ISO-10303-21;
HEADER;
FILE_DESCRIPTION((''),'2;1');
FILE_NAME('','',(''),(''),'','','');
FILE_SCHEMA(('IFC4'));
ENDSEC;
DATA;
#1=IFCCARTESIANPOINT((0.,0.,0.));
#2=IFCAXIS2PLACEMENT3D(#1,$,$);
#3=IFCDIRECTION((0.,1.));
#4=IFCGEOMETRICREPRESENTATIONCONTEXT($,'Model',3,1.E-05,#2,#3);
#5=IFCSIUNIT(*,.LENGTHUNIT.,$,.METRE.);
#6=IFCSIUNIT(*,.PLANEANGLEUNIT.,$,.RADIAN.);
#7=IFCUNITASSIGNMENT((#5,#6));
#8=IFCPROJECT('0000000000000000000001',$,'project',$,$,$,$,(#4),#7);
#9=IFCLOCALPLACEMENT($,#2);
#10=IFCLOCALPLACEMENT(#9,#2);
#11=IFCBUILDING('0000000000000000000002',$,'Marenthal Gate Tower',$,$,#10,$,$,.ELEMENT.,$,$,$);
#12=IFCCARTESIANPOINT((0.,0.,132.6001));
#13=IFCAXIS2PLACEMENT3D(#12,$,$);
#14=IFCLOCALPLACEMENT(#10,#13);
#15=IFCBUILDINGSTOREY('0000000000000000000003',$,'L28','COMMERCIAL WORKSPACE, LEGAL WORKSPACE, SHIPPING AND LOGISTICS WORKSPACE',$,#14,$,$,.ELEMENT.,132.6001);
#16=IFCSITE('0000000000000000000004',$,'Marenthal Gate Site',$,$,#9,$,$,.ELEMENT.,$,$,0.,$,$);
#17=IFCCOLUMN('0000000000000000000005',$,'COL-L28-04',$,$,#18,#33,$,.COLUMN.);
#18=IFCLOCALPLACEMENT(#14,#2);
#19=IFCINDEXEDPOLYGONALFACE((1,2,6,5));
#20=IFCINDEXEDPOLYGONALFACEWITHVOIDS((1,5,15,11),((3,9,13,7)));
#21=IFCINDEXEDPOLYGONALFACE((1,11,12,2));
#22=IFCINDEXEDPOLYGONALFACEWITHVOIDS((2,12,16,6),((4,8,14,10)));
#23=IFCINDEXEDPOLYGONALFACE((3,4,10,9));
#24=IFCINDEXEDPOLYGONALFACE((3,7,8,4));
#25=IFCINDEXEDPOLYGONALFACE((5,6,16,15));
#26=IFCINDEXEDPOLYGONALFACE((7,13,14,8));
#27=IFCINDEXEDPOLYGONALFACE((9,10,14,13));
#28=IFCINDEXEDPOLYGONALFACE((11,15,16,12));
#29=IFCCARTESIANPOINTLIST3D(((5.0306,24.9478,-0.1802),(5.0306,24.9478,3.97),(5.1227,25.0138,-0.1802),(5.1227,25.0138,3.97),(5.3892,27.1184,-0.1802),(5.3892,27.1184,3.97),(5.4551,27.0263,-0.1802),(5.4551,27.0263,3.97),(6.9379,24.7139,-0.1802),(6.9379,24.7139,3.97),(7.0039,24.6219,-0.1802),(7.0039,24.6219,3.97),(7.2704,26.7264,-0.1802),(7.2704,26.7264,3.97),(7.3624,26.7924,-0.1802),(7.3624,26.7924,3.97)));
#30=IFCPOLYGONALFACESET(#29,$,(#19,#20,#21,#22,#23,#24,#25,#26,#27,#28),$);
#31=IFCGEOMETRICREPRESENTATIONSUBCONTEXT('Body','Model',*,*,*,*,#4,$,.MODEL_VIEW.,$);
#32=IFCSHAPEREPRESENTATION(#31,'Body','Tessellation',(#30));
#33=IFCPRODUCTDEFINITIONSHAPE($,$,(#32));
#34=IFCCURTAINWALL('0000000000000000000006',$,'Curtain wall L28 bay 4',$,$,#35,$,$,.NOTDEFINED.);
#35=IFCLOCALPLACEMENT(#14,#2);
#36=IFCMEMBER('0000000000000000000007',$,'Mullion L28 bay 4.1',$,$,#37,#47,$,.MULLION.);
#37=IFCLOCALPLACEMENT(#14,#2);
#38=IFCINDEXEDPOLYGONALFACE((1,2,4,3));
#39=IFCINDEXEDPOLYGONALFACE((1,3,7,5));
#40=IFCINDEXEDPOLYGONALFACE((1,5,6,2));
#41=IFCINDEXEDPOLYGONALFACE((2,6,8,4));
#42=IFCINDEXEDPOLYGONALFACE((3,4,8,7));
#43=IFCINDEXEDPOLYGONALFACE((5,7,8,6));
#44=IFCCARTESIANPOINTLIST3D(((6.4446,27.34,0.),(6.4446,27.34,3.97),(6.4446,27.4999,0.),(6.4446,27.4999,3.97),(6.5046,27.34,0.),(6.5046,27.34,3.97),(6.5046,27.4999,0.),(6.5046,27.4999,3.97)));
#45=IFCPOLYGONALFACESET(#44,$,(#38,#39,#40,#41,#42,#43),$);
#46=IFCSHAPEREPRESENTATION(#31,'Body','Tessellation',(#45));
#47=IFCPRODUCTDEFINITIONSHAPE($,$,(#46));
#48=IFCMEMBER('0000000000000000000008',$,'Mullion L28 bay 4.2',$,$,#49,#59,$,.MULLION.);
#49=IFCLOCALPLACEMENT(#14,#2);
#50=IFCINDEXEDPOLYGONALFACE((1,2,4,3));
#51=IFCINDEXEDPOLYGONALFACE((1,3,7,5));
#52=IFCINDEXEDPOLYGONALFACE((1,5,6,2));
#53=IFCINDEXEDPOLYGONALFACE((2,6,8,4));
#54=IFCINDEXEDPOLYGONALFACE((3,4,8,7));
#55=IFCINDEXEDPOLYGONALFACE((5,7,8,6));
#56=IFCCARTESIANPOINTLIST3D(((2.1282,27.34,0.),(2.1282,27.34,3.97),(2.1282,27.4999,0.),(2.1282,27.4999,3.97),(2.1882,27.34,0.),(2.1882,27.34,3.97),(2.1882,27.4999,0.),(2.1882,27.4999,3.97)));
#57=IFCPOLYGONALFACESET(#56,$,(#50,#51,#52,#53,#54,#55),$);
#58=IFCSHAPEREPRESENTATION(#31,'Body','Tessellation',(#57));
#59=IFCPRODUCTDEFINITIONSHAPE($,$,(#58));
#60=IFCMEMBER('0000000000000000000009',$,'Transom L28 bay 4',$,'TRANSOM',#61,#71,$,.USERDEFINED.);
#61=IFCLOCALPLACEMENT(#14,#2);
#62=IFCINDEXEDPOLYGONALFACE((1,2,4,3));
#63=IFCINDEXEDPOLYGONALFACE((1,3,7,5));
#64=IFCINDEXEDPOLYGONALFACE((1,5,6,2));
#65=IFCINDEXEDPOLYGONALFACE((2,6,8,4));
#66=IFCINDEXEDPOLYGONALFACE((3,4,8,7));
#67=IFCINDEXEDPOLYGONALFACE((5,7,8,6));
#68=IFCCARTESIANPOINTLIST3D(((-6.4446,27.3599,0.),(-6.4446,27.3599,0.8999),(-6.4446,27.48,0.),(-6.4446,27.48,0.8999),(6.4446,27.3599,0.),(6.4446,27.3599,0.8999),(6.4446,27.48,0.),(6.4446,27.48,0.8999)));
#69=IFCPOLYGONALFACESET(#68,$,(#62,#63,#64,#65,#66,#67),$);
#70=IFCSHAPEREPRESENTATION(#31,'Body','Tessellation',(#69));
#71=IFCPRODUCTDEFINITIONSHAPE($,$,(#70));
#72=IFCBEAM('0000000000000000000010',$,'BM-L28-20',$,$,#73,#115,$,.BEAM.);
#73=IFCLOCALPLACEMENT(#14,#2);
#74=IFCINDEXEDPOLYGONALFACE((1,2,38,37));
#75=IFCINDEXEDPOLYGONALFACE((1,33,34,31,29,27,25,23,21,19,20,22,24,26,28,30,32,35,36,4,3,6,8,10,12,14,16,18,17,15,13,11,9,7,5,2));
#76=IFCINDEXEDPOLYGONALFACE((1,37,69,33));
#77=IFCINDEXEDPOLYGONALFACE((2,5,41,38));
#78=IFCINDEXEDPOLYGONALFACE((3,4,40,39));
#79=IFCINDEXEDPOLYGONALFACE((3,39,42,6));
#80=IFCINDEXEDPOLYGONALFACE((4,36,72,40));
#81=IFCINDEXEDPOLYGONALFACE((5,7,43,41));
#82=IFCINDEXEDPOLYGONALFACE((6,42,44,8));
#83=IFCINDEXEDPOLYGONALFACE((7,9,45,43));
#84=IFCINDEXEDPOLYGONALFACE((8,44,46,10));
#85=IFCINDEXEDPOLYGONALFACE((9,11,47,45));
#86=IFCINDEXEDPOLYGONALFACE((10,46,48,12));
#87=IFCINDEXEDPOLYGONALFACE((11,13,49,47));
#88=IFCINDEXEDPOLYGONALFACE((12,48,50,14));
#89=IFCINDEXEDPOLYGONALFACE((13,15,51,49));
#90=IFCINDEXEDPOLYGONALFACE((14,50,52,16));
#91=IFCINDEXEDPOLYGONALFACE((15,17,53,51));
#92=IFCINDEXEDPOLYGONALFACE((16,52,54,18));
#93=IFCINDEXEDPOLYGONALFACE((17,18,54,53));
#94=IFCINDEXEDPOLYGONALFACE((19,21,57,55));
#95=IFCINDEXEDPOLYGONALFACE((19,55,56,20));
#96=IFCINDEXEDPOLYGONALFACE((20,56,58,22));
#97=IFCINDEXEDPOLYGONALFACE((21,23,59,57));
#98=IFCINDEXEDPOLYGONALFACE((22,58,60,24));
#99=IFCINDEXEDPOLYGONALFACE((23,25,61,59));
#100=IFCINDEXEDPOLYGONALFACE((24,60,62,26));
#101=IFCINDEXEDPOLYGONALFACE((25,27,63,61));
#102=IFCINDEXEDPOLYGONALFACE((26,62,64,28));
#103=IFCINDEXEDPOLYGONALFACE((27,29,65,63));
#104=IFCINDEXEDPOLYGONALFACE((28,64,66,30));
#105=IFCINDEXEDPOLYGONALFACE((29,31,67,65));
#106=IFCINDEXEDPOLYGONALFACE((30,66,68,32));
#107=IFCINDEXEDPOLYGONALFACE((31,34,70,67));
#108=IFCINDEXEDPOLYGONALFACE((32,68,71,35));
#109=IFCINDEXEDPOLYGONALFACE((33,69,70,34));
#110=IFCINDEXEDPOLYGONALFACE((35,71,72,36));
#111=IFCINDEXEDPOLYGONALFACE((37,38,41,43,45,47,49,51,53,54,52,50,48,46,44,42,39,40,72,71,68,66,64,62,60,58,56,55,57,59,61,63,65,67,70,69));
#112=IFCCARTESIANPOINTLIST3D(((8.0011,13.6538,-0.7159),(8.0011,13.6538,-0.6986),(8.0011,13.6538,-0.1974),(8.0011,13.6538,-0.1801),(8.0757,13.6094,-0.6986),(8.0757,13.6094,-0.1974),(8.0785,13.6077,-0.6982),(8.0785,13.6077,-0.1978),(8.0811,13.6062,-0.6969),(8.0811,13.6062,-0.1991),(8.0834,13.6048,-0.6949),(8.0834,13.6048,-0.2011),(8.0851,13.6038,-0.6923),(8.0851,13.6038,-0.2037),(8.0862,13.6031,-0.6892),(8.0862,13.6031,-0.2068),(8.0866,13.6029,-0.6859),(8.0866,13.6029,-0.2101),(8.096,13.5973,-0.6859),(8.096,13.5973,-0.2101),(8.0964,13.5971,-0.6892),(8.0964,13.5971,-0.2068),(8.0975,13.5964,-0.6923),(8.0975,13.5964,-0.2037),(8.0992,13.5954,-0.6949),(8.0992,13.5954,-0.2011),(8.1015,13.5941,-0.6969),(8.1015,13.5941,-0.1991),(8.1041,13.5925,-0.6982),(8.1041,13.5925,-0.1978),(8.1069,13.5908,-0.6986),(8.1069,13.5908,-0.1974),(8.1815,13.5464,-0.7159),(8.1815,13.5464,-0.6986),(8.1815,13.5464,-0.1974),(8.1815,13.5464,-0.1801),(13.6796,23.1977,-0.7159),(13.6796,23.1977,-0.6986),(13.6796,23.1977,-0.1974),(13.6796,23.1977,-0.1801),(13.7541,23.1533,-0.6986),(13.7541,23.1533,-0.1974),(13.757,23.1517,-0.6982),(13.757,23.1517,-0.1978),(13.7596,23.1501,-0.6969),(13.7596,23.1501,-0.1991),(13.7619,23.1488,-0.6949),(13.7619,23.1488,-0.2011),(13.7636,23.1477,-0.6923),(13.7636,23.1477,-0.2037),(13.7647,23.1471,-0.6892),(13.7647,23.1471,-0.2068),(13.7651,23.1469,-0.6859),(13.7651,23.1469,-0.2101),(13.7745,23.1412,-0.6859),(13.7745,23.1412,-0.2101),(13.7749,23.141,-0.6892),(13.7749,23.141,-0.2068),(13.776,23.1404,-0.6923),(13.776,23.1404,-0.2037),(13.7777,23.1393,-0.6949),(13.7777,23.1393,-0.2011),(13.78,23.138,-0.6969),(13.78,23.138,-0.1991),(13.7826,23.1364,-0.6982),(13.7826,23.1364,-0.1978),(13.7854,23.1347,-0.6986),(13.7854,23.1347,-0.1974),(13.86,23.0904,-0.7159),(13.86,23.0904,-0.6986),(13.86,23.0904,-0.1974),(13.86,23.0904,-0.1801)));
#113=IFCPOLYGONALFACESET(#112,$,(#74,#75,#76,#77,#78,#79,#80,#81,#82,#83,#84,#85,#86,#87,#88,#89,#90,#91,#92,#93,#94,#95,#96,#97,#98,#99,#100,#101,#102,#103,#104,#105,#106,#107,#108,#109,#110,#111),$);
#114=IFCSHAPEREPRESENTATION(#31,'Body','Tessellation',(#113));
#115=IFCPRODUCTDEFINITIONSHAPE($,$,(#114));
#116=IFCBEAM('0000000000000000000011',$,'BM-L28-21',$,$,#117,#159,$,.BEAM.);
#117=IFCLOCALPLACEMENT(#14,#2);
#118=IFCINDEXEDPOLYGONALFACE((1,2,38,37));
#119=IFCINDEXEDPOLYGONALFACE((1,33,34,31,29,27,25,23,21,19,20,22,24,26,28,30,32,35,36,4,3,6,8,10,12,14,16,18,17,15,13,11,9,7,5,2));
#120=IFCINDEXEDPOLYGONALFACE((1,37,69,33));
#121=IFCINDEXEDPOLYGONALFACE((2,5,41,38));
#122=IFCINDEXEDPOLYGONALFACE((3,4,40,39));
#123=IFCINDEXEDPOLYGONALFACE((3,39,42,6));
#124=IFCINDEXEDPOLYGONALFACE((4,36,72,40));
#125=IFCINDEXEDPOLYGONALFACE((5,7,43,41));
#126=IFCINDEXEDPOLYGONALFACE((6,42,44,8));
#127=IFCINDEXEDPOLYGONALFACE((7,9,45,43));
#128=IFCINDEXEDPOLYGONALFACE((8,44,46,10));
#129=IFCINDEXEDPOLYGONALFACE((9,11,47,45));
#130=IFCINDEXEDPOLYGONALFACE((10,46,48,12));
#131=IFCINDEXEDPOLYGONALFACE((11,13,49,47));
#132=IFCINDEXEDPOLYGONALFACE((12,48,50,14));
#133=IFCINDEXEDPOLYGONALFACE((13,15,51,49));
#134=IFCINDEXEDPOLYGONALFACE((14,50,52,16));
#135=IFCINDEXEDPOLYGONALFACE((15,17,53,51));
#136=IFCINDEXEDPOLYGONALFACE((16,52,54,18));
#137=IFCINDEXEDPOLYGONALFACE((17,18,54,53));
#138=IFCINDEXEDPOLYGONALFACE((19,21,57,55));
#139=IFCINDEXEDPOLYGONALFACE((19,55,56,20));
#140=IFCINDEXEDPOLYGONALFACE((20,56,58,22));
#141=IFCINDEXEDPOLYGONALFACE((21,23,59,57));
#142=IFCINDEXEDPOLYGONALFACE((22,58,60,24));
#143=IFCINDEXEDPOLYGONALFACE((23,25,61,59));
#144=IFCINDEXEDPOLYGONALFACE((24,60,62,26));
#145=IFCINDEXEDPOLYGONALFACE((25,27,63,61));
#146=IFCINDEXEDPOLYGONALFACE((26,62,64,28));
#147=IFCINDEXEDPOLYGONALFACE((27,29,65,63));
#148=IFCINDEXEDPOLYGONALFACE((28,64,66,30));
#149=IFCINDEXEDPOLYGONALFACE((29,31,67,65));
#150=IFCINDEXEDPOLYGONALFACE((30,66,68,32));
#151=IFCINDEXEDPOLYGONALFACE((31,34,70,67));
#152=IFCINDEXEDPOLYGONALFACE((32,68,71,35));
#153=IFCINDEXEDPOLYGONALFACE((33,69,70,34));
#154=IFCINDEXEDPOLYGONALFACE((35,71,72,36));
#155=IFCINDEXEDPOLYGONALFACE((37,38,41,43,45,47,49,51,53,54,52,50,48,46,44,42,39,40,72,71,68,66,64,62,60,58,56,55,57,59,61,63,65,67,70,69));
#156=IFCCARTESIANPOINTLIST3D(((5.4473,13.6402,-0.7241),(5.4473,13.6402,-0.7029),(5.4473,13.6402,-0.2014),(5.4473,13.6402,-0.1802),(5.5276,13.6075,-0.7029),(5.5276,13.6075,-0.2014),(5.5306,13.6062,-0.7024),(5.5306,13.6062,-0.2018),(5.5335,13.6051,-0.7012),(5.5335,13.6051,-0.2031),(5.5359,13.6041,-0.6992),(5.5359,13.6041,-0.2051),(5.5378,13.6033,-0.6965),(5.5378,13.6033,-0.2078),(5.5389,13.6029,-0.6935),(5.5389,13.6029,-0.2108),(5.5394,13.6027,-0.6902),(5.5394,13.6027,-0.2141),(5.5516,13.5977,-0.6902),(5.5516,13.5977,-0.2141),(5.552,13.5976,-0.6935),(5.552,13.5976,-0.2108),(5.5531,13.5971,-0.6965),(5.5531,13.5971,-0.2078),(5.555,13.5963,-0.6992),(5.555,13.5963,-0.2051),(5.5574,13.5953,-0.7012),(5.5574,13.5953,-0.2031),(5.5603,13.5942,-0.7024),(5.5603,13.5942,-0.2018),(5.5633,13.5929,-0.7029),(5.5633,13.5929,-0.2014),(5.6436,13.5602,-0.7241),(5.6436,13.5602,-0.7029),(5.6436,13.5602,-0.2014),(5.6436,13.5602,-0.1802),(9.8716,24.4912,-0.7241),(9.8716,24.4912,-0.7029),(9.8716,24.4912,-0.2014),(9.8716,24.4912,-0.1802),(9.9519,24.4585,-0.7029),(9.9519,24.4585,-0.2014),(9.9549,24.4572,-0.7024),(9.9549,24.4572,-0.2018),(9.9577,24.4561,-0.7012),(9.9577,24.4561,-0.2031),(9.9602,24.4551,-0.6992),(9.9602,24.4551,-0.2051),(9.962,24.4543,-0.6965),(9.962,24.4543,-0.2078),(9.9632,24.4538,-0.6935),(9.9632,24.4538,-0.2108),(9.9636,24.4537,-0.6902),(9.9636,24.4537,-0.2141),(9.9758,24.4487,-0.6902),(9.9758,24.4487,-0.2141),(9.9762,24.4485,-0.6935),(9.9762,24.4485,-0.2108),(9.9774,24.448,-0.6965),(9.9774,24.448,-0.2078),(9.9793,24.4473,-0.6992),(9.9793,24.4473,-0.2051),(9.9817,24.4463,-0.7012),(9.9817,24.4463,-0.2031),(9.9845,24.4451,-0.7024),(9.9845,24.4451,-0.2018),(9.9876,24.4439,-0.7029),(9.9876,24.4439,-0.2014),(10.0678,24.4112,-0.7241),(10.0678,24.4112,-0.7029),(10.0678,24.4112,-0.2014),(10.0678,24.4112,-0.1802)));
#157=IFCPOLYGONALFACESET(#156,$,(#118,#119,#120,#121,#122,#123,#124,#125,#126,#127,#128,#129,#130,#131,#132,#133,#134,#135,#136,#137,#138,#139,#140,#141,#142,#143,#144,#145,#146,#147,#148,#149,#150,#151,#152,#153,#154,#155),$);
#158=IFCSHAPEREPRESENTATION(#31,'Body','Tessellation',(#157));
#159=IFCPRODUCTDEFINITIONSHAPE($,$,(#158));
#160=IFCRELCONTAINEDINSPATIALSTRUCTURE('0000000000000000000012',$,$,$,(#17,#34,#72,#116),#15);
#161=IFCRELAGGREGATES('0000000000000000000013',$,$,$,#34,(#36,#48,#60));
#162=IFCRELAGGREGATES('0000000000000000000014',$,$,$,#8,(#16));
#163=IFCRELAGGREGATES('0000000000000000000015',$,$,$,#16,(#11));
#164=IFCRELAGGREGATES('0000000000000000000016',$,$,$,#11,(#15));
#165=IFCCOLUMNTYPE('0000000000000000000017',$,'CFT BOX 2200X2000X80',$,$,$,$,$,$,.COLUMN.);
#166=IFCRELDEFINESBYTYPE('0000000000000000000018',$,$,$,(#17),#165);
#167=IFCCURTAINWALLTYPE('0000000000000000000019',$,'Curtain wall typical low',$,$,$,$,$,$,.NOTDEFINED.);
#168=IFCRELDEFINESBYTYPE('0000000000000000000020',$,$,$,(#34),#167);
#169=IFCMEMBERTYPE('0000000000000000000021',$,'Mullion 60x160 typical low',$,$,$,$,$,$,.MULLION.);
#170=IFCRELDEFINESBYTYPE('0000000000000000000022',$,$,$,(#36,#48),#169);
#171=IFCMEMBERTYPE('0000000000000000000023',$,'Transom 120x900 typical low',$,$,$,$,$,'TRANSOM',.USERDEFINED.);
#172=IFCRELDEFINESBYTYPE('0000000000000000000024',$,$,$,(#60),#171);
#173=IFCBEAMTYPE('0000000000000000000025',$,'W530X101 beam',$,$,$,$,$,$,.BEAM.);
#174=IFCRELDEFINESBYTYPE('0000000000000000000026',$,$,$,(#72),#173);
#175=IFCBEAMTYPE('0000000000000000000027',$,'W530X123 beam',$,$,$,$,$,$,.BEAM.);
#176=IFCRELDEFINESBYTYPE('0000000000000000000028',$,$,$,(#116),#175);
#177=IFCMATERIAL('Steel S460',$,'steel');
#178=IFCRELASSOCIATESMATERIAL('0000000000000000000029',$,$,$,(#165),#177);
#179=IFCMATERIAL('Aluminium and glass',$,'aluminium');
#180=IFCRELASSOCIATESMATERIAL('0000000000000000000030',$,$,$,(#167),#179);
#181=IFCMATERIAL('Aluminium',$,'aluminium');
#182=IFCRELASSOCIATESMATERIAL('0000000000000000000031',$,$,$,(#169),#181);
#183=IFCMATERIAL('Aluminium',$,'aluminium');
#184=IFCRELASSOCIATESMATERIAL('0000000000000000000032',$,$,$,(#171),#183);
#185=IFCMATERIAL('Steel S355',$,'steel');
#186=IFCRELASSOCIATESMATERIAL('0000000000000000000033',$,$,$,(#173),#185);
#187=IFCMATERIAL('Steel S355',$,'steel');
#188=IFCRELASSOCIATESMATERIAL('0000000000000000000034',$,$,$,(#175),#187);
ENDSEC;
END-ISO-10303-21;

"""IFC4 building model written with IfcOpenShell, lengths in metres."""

from ifc_helpers import new_model, si_unit, direction, frame, origin, origin_2d, place, context, subcontext, project, spatial, rectangle, hollow_rectangle, i_section, extrude, material, material_profile, profile_set, type_object, element, aggregate, save


model = new_model("IFC4")

# Units and contexts
model_context = context("Model", 3, precision=1e-05, world=origin(), true_north=direction((0.0, 1.0)))
body_context = subcontext(model_context, "Body", "Model", "MODEL_VIEW")
ifc_project = project(units=[si_unit("LENGTHUNIT", "METRE"), si_unit("PLANEANGLEUNIT", "RADIAN")], contexts=[model_context])

# Site, building, storey
site_placement = place(None, origin())
site = spatial("IfcSite", under=ifc_project, at=site_placement, Name="Marenthal Gate Site", CompositionType="ELEMENT", RefElevation=0.0)
building_placement = place(site_placement, origin())
building = spatial("IfcBuilding", under=site, at=building_placement, Name="Marenthal Gate Tower", CompositionType="ELEMENT")
storey_placement = place(building_placement, frame((0.0, 0.0, 132.6001)))
storey = spatial("IfcBuildingStorey", under=building, at=storey_placement, Name="L28", Description="COMMERCIAL WORKSPACE, LEGAL WORKSPACE, SHIPPING AND LOGISTICS WORKSPACE", CompositionType="ELEMENT", Elevation=132.6001)

# Column
ifc_material_1 = material(Name="Steel S460", Category="steel")
ifc_material_profile_1 = material_profile(ifc_material_1, hollow_rectangle(XDim=2.0, YDim=2.2, WallThickness=0.0801, at=origin_2d()), Name="CFT BOX 2200X2000X80")
ifc_material_2 = material(Name="Concrete 70 MPa", Category="concrete")
ifc_material_profile_2 = material_profile(ifc_material_2, rectangle(XDim=1.8401, YDim=2.04, at=origin_2d()), Name="CFT BOX 2200X2000X80 INFILL")
ifc_profile_set_1 = profile_set([ifc_material_profile_1, ifc_material_profile_2], Name="Steel S460 shell, Concrete 70 MPa infill")
column_type = type_object("IfcColumnType", Name="CFT BOX 2200X2000X80", PredefinedType="COLUMN", material=ifc_profile_set_1)
column_placement = place(storey_placement, frame((6.1965, 25.8701, -0.1802), z_axis=(0.0, 0.0, 1.0), x_axis=(0.986629, -0.16298, 0.0)))
element("IfcColumn", 1, at=column_placement, inside=storey, type_object=column_type, Name="COL-L28-04", PredefinedType="COLUMN", context=body_context, shape_type="SweptSolid", body=[
    extrude(hollow_rectangle(XDim=2.0, YDim=2.2, WallThickness=0.0801, at=origin_2d()), origin(), (0.0, 0.0, 1.0), 4.1501),
])

# Curtain wall, members
ifc_material_3 = material(Name="Aluminium and glass", Category="aluminium")
curtain_wall_type = type_object("IfcCurtainWallType", Name="Curtain wall typical low", PredefinedType="NOTDEFINED", material=ifc_material_3)
curtain_wall_placement = place(storey_placement, origin())
curtain_wall = element("IfcCurtainWall", 2, at=curtain_wall_placement, inside=storey, type_object=curtain_wall_type, Name="Curtain wall L28 bay 4", PredefinedType="NOTDEFINED")
ifc_material_4 = material(Name="Aluminium", Category="aluminium")
ifc_material_profile_3 = material_profile(ifc_material_4, rectangle(XDim=0.1599, YDim=0.0601, at=origin_2d()), Name="60x160 aluminium mullion")
ifc_profile_set_2 = profile_set([ifc_material_profile_3], Name="Aluminium")
member_type_1 = type_object("IfcMemberType", Name="Mullion 60x160 typical low", PredefinedType="MULLION", material=ifc_profile_set_2)
member_1_placement = place(storey_placement, frame((6.4746, 27.4199, 0.0), z_axis=(0.0, 0.0, 1.0), x_axis=(0.0, -1.0, 0.0)))
member_1 = element("IfcMember", 3, at=member_1_placement, type_object=member_type_1, Name="Mullion L28 bay 4.1", PredefinedType="MULLION", context=body_context, shape_type="SweptSolid", body=[
    extrude(rectangle(XDim=0.1599, YDim=0.0601, at=origin_2d()), origin(), (0.0, 0.0, 1.0), 3.97),
])
member_2_placement = place(storey_placement, frame((2.1582, 27.4199, 0.0), z_axis=(0.0, 0.0, 1.0), x_axis=(0.0, -1.0, 0.0)))
member_2 = element("IfcMember", 4, at=member_2_placement, type_object=member_type_1, Name="Mullion L28 bay 4.2", PredefinedType="MULLION", context=body_context, shape_type="SweptSolid", body=[
    extrude(rectangle(XDim=0.1599, YDim=0.0601, at=origin_2d()), origin(), (0.0, 0.0, 1.0), 3.97),
])
ifc_material_5 = material(Name="Aluminium", Category="aluminium")
ifc_material_profile_4 = material_profile(ifc_material_5, rectangle(XDim=0.1201, YDim=0.8999, at=origin_2d()), Name="120x900 aluminium transom")
ifc_profile_set_3 = profile_set([ifc_material_profile_4], Name="Aluminium")
member_type_2 = type_object("IfcMemberType", Name="Transom 120x900 typical low", ElementType="TRANSOM", PredefinedType="USERDEFINED", material=ifc_profile_set_3)
member_3_placement = place(storey_placement, frame((6.4446, 27.4199, 0.45), z_axis=(-1.0, 0.0, 0.0), x_axis=(0.0, -1.0, 0.0)))
member_3 = element("IfcMember", 5, at=member_3_placement, type_object=member_type_2, Name="Transom L28 bay 4", ObjectType="TRANSOM", PredefinedType="USERDEFINED", context=body_context, shape_type="SweptSolid", body=[
    extrude(rectangle(XDim=0.1201, YDim=0.8999, at=origin_2d()), origin(), (0.0, 0.0, 1.0), 12.8892),
])

# Beams
ifc_material_6 = material(Name="Steel S355", Category="steel")
ifc_material_profile_5 = material_profile(ifc_material_6, i_section(OverallWidth=0.21, OverallDepth=0.5359, WebThickness=0.011, FlangeThickness=0.0173, FilletRadius=0.0127, at=origin_2d()), Name="W530X101")
ifc_profile_set_4 = profile_set([ifc_material_profile_5], Name="Steel S355")
beam_type_1 = type_object("IfcBeamType", Name="W530X101 beam", PredefinedType="BEAM", material=ifc_profile_set_4)
beam_1_placement = place(storey_placement, frame((13.7698, 23.144, -0.448), z_axis=(-0.511321, -0.85939, 0.0), x_axis=(0.85939, -0.511321, 0.0)))
element("IfcBeam", 6, at=beam_1_placement, inside=storey, type_object=beam_type_1, Name="BM-L28-20", PredefinedType="BEAM", context=body_context, shape_type="SweptSolid", body=[
    extrude(i_section(OverallWidth=0.21, OverallDepth=0.5359, WebThickness=0.011, FlangeThickness=0.0173, FilletRadius=0.0127, at=origin_2d()), origin(), (0.0, 0.0, 1.0), 11.1055),
])
ifc_material_7 = material(Name="Steel S355", Category="steel")
ifc_material_profile_6 = material_profile(ifc_material_7, i_section(OverallWidth=0.2119, OverallDepth=0.5439, WebThickness=0.0132, FlangeThickness=0.0212, FilletRadius=0.0127, at=origin_2d()), Name="W530X123")
ifc_profile_set_5 = profile_set([ifc_material_profile_6], Name="Steel S355")
beam_type_2 = type_object("IfcBeamType", Name="W530X123 beam", PredefinedType="BEAM", material=ifc_profile_set_5)
beam_2_placement = place(storey_placement, frame((9.9697, 24.4512, -0.4521), z_axis=(-0.377554, -0.925988, 0.0), x_axis=(0.925988, -0.377554, 0.0)))
element("IfcBeam", 7, at=beam_2_placement, inside=storey, type_object=beam_type_2, Name="BM-L28-21", PredefinedType="BEAM", context=body_context, shape_type="SweptSolid", body=[
    extrude(i_section(OverallWidth=0.2119, OverallDepth=0.5439, WebThickness=0.0132, FlangeThickness=0.0212, FilletRadius=0.0127, at=origin_2d()), origin(), (0.0, 0.0, 1.0), 11.7183),
])

aggregate(curtain_wall, [member_1, member_2, member_3])

save(model, "model.ifc")
